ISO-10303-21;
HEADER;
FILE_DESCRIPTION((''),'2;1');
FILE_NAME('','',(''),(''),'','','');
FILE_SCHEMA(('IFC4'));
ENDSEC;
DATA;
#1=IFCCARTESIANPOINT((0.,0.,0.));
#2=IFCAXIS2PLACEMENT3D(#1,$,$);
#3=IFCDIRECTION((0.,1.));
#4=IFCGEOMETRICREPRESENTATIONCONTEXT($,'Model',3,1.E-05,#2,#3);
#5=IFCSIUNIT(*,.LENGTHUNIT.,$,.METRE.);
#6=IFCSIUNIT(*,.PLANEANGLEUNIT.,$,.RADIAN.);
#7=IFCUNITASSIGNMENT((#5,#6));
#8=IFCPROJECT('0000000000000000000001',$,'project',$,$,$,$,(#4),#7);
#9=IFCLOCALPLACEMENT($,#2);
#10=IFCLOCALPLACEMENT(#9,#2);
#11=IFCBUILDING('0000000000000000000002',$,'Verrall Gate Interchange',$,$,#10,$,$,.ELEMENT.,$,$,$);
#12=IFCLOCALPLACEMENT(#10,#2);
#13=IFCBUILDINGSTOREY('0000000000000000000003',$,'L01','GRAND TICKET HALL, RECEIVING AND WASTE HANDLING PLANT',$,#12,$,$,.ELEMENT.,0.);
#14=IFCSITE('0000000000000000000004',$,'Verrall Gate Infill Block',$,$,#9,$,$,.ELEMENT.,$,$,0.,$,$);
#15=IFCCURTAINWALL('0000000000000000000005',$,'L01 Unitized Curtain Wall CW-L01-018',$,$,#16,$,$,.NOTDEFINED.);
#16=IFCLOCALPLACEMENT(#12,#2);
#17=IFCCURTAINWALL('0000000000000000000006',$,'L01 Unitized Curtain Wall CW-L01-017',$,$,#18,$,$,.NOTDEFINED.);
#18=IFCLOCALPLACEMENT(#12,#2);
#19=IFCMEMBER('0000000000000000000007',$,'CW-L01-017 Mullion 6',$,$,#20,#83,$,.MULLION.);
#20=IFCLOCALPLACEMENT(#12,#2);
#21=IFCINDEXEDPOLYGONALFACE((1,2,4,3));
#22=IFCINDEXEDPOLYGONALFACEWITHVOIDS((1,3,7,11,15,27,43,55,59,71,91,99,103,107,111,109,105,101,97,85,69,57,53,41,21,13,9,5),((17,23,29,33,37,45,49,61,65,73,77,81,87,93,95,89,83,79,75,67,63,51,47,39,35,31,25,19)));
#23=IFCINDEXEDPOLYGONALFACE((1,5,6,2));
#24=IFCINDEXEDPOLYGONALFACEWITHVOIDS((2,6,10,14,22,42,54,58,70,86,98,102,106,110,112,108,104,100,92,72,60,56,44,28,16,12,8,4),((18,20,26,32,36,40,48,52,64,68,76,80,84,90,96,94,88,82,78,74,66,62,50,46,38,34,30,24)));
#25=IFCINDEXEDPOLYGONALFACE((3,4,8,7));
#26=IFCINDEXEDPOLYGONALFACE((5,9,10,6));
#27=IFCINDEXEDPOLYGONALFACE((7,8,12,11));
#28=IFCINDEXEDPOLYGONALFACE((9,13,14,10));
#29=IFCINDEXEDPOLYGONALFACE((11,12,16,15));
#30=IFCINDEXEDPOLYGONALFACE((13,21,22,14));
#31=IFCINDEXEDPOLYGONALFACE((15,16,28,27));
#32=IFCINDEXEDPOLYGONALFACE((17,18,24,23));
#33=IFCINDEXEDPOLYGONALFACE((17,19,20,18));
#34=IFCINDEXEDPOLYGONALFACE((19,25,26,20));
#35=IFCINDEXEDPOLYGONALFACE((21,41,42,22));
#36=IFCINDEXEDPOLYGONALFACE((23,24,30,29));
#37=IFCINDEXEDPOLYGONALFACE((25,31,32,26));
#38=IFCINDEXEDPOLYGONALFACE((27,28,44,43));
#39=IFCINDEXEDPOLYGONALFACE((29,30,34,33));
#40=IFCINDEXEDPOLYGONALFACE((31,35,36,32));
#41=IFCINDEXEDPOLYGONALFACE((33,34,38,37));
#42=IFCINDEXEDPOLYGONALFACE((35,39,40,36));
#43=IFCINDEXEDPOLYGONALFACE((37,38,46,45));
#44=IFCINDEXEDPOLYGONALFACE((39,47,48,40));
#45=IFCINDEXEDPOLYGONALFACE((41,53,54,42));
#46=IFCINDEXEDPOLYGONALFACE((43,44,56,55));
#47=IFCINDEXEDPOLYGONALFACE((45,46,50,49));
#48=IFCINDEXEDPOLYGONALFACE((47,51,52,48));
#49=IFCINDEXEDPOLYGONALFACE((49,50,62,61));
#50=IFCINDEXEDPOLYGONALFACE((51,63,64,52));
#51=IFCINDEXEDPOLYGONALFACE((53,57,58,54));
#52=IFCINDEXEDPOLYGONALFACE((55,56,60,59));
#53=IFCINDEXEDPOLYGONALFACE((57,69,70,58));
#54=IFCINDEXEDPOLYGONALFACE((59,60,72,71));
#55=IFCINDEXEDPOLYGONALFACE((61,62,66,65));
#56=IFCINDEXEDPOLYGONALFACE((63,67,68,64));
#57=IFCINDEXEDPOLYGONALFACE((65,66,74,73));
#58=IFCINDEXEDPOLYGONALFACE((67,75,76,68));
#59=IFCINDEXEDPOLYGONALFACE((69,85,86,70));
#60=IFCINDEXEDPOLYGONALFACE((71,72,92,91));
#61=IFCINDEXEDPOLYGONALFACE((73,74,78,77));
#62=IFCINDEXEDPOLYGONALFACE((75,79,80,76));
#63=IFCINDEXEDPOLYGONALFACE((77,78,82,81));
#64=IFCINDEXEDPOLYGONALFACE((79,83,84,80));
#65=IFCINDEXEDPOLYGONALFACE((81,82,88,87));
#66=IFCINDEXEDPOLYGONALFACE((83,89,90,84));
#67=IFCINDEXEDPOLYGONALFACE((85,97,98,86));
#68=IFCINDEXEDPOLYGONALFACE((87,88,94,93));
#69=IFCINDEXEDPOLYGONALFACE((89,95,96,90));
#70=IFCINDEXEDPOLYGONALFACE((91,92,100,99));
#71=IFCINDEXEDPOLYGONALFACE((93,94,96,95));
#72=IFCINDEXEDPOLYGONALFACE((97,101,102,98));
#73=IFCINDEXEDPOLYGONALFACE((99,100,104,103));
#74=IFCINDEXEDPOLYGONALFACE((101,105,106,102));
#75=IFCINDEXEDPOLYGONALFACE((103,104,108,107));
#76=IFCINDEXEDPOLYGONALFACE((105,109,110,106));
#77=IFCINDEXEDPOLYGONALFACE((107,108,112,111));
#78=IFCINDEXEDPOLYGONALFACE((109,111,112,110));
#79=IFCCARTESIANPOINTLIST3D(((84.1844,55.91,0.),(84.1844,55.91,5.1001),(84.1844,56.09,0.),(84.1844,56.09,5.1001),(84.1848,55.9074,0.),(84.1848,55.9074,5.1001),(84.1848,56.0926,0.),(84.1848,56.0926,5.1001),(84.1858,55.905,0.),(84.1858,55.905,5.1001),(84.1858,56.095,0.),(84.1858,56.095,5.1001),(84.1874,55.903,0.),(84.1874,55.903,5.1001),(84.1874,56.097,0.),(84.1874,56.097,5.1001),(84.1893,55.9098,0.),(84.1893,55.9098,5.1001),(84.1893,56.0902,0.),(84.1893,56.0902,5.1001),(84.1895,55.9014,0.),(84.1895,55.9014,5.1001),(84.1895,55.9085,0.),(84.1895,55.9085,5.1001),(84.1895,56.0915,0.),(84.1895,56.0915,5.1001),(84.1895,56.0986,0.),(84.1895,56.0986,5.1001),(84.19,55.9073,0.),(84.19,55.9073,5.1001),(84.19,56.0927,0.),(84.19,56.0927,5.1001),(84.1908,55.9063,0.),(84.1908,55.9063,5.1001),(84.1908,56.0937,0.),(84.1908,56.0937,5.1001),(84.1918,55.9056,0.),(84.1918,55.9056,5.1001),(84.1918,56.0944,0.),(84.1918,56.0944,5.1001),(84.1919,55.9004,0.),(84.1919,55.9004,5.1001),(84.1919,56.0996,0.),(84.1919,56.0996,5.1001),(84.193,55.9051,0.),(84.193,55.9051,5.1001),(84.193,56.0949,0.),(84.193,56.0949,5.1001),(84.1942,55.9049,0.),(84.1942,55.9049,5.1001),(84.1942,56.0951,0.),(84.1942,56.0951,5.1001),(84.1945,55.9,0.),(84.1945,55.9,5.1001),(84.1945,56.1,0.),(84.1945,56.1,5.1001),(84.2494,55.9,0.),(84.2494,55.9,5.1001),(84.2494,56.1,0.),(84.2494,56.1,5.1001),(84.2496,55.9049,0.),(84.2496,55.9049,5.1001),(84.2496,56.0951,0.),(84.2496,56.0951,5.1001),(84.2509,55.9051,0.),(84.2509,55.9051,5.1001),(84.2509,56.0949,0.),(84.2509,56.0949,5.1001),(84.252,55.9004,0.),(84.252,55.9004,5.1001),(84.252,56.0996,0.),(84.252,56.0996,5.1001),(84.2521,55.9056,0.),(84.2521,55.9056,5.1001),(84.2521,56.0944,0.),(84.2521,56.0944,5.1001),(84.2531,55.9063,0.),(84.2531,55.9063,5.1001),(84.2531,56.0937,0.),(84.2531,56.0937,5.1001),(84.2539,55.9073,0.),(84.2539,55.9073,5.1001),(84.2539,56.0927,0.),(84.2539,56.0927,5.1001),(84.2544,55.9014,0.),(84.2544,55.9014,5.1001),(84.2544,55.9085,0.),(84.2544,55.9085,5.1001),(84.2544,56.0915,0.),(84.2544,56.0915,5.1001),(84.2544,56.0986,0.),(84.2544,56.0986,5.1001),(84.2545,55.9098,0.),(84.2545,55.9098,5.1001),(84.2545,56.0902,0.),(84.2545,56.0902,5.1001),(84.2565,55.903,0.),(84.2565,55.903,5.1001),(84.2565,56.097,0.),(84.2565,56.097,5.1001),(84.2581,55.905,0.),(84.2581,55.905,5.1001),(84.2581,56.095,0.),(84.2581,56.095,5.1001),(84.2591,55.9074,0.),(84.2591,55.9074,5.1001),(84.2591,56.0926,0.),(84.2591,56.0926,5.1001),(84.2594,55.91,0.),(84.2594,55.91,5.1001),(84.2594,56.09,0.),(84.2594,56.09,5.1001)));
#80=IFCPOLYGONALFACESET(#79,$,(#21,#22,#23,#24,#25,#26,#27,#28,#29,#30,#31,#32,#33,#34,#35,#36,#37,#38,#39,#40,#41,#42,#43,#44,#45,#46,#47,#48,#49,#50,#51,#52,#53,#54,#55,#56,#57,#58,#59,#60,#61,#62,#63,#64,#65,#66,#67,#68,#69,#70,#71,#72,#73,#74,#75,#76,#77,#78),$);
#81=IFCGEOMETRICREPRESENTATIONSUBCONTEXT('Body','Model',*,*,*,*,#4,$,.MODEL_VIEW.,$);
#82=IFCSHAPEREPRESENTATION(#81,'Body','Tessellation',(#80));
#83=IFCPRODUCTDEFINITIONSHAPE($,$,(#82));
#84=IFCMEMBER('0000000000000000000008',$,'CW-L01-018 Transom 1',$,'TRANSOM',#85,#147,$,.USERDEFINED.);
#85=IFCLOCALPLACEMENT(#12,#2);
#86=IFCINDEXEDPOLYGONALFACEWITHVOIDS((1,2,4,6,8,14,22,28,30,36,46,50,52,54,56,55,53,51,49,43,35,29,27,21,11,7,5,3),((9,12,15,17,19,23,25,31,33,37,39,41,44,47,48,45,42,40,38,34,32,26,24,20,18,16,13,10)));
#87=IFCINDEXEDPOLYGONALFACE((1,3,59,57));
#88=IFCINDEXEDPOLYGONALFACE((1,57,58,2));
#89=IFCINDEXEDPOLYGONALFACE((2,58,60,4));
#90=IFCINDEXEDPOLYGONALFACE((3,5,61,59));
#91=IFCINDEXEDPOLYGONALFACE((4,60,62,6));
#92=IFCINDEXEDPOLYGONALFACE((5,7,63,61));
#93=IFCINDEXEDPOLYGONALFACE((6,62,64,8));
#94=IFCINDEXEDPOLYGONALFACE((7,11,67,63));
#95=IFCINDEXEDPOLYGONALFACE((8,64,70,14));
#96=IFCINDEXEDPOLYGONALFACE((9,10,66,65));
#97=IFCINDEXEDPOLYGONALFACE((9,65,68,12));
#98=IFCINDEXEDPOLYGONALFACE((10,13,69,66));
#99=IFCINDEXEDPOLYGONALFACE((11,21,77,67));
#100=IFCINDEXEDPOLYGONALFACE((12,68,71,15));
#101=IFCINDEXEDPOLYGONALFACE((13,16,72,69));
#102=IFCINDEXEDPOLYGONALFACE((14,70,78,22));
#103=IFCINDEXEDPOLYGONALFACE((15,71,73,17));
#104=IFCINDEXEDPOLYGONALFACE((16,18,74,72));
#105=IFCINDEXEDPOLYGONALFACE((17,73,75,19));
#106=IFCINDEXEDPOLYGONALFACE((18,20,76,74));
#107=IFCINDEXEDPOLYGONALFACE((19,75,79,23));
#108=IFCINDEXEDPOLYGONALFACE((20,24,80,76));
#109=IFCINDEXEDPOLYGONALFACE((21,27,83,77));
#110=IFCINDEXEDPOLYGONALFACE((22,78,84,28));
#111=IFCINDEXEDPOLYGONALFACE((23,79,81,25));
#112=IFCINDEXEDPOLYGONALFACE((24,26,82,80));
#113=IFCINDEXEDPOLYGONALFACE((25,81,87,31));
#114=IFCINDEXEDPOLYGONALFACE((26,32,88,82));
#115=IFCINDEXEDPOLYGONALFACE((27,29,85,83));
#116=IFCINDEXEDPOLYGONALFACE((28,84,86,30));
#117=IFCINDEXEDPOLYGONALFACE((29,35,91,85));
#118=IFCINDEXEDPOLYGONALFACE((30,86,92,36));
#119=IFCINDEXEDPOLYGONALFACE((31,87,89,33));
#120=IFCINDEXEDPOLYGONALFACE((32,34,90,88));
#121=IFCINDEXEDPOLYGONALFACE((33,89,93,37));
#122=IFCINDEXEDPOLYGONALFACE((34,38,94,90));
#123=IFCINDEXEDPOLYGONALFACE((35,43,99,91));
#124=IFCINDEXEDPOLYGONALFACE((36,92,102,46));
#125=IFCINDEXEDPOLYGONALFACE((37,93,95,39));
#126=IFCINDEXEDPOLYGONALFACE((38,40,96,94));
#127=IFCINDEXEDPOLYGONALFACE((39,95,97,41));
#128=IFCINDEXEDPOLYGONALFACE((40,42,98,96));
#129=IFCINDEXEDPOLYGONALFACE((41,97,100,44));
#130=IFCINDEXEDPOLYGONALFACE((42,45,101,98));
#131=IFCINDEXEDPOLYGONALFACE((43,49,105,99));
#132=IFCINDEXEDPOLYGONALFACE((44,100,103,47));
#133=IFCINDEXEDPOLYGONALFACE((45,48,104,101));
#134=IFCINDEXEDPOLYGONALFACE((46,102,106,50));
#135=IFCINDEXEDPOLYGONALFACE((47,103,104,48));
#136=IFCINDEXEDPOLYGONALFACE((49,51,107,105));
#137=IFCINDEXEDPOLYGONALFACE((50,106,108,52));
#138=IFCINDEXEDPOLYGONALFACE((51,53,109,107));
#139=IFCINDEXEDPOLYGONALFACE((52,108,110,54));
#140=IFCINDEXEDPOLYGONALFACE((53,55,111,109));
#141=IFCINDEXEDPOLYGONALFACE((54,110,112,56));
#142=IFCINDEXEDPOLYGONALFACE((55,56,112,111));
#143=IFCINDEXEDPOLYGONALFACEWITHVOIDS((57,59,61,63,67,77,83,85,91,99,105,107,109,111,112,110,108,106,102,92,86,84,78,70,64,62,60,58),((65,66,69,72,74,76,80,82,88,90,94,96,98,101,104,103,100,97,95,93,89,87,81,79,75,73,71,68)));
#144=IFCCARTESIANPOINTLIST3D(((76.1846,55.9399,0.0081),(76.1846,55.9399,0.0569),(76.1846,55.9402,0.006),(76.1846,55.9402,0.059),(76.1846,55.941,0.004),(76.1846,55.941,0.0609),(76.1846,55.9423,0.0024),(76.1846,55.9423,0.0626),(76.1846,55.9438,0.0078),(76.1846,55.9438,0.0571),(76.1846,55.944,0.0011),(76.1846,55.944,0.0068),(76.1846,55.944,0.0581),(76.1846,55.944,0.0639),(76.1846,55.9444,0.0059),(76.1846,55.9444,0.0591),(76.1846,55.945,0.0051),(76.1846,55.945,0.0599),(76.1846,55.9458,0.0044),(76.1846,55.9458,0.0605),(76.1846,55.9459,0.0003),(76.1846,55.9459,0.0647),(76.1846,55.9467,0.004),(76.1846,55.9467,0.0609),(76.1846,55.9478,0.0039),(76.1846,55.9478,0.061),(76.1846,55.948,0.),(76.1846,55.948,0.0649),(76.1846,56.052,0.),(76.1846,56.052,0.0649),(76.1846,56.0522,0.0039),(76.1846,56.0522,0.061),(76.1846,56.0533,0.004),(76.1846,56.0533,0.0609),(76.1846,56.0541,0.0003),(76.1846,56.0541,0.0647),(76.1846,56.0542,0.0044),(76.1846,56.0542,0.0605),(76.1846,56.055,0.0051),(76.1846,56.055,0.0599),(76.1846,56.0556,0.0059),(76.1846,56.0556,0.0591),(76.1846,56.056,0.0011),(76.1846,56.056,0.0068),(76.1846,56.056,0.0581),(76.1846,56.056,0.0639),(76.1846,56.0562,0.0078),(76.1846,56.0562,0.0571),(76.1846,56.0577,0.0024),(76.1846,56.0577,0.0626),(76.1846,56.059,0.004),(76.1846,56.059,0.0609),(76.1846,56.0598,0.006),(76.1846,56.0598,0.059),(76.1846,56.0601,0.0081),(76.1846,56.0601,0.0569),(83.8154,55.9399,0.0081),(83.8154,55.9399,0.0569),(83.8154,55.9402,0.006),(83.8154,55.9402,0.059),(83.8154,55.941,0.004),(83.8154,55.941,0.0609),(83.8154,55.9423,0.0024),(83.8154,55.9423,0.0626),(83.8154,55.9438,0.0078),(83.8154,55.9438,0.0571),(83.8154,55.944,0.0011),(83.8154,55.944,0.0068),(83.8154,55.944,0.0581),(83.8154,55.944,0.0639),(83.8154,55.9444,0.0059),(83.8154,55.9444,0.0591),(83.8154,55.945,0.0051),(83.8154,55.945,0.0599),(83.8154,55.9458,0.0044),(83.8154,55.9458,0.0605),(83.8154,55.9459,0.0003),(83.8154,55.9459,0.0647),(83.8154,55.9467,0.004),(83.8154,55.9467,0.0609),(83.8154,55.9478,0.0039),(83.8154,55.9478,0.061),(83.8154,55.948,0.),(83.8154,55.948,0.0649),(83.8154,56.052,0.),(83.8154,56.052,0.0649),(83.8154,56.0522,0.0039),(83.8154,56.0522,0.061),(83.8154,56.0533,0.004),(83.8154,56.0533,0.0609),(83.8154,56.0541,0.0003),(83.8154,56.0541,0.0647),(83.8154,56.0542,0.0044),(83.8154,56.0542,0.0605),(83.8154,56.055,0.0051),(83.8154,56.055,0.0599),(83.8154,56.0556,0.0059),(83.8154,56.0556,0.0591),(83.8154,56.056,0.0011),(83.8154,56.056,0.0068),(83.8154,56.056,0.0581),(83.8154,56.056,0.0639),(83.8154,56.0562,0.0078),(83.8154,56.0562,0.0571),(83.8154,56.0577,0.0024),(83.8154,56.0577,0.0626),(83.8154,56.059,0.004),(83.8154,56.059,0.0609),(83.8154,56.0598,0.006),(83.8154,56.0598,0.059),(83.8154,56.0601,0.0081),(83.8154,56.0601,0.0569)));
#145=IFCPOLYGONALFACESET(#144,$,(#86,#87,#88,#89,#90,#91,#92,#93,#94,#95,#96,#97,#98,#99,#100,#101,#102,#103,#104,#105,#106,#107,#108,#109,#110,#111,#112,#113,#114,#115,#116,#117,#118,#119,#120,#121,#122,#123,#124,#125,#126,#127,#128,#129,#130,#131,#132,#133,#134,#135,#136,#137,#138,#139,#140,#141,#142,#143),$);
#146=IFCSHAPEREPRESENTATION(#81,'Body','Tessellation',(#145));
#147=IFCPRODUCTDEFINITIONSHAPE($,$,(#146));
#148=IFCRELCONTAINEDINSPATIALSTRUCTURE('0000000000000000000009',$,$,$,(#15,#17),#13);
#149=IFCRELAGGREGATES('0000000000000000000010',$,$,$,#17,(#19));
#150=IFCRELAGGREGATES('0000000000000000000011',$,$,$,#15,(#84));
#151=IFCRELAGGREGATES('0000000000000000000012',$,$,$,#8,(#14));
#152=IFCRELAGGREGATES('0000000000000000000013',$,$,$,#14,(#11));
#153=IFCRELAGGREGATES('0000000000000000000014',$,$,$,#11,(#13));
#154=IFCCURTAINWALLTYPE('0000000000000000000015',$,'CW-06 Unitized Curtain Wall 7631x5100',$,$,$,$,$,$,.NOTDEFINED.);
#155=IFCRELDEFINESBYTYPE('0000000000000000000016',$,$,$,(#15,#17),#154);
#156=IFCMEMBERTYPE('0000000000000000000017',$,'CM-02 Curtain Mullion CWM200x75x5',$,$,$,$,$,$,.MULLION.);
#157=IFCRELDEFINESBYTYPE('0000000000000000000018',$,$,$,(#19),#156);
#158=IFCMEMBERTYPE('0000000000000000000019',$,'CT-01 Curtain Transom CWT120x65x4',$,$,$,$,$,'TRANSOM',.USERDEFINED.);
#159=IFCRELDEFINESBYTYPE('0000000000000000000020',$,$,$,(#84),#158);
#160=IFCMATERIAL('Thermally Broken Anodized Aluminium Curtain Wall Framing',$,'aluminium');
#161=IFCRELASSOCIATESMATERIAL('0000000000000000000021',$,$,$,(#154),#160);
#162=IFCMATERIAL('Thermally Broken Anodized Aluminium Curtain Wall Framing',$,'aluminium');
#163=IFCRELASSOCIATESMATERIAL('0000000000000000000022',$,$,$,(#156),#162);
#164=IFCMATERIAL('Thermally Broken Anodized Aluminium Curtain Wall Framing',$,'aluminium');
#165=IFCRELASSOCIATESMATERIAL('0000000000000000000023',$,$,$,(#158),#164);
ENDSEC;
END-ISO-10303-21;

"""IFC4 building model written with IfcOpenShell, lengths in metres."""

from ifc_helpers import new_model, si_unit, direction, frame, origin, origin_2d, place, context, subcontext, project, spatial, hollow_rectangle, extrude, material, material_profile, profile_set, type_object, element, aggregate, save


model = new_model("IFC4")

# Units and contexts
model_context = context("Model", 3, precision=1e-05, world=origin(), true_north=direction((0.0, 1.0)))
body_context = subcontext(model_context, "Body", "Model", "MODEL_VIEW")
ifc_project = project(units=[si_unit("LENGTHUNIT", "METRE"), si_unit("PLANEANGLEUNIT", "RADIAN")], contexts=[model_context])

# Site, building, storey
site_placement = place(None, origin())
site = spatial("IfcSite", under=ifc_project, at=site_placement, Name="Verrall Gate Infill Block", CompositionType="ELEMENT", RefElevation=0.0)
building_placement = place(site_placement, origin())
building = spatial("IfcBuilding", under=site, at=building_placement, Name="Verrall Gate Interchange", CompositionType="ELEMENT")
storey_placement = place(building_placement, origin())
storey = spatial("IfcBuildingStorey", under=building, at=storey_placement, Name="L01", Description="GRAND TICKET HALL, RECEIVING AND WASTE HANDLING PLANT", CompositionType="ELEMENT", Elevation=0.0)

# Curtain wall
ifc_material_1 = material(Name="Thermally Broken Anodized Aluminium Curtain Wall Framing", Category="aluminium")
curtain_wall_type = type_object("IfcCurtainWallType", Name="CW-06 Unitized Curtain Wall 7631x5100", PredefinedType="NOTDEFINED", material=ifc_material_1)
curtain_wall_1_placement = place(storey_placement, origin())
curtain_wall_1 = element("IfcCurtainWall", 1, at=curtain_wall_1_placement, inside=storey, type_object=curtain_wall_type, Name="L01 Unitized Curtain Wall CW-L01-018", PredefinedType="NOTDEFINED")

# Curtain wall, member
curtain_wall_2_placement = place(storey_placement, origin())
curtain_wall_2 = element("IfcCurtainWall", 2, at=curtain_wall_2_placement, inside=storey, type_object=curtain_wall_type, Name="L01 Unitized Curtain Wall CW-L01-017", PredefinedType="NOTDEFINED")
ifc_material_2 = material(Name="Thermally Broken Anodized Aluminium Curtain Wall Framing", Category="aluminium")
ifc_material_profile_1 = material_profile(ifc_material_2, hollow_rectangle(XDim=0.075, YDim=0.2, WallThickness=0.0049, InnerFilletRadius=0.0049, OuterFilletRadius=0.01, at=origin_2d()), Name="CWM200x75x5")
ifc_profile_set_1 = profile_set([ifc_material_profile_1], Name="Thermally Broken Anodized Aluminium Curtain Wall Framing")
member_type_1 = type_object("IfcMemberType", Name="CM-02 Curtain Mullion CWM200x75x5", PredefinedType="MULLION", material=ifc_profile_set_1)
member_1_placement = place(storey_placement, frame((84.2219, 56.0, 0.0), z_axis=(0.0, 0.0, 1.0), x_axis=(-1.0, 0.0, 0.0)))
member_1 = element("IfcMember", 3, at=member_1_placement, type_object=member_type_1, Name="CW-L01-017 Mullion 6", PredefinedType="MULLION", context=body_context, shape_type="SweptSolid", body=[
    extrude(hollow_rectangle(XDim=0.075, YDim=0.2, WallThickness=0.0049, InnerFilletRadius=0.0049, OuterFilletRadius=0.01, at=origin_2d()), origin(), (0.0, 0.0, 1.0), 5.1001),
])

# Member
ifc_material_3 = material(Name="Thermally Broken Anodized Aluminium Curtain Wall Framing", Category="aluminium")
ifc_material_profile_2 = material_profile(ifc_material_3, hollow_rectangle(XDim=0.1201, YDim=0.0649, WallThickness=0.0039, InnerFilletRadius=0.0039, OuterFilletRadius=0.0081, at=origin_2d()), Name="CWT120x65x4")
ifc_profile_set_2 = profile_set([ifc_material_profile_2], Name="Thermally Broken Anodized Aluminium Curtain Wall Framing")
member_type_2 = type_object("IfcMemberType", Name="CT-01 Curtain Transom CWT120x65x4", ElementType="TRANSOM", PredefinedType="USERDEFINED", material=ifc_profile_set_2)
member_2_placement = place(storey_placement, frame((83.8154, 56.0, 0.0325), z_axis=(-1.0, 0.0, 0.0), x_axis=(0.0, -1.0, 0.0)))
member_2 = element("IfcMember", 4, at=member_2_placement, type_object=member_type_2, Name="CW-L01-018 Transom 1", ObjectType="TRANSOM", PredefinedType="USERDEFINED", context=body_context, shape_type="SweptSolid", body=[
    extrude(hollow_rectangle(XDim=0.1201, YDim=0.0649, WallThickness=0.0039, InnerFilletRadius=0.0039, OuterFilletRadius=0.0081, at=origin_2d()), origin(), (0.0, 0.0, 1.0), 7.6309),
])

aggregate(curtain_wall_2, [member_1])
aggregate(curtain_wall_1, [member_2])

save(model, "model.ifc")
